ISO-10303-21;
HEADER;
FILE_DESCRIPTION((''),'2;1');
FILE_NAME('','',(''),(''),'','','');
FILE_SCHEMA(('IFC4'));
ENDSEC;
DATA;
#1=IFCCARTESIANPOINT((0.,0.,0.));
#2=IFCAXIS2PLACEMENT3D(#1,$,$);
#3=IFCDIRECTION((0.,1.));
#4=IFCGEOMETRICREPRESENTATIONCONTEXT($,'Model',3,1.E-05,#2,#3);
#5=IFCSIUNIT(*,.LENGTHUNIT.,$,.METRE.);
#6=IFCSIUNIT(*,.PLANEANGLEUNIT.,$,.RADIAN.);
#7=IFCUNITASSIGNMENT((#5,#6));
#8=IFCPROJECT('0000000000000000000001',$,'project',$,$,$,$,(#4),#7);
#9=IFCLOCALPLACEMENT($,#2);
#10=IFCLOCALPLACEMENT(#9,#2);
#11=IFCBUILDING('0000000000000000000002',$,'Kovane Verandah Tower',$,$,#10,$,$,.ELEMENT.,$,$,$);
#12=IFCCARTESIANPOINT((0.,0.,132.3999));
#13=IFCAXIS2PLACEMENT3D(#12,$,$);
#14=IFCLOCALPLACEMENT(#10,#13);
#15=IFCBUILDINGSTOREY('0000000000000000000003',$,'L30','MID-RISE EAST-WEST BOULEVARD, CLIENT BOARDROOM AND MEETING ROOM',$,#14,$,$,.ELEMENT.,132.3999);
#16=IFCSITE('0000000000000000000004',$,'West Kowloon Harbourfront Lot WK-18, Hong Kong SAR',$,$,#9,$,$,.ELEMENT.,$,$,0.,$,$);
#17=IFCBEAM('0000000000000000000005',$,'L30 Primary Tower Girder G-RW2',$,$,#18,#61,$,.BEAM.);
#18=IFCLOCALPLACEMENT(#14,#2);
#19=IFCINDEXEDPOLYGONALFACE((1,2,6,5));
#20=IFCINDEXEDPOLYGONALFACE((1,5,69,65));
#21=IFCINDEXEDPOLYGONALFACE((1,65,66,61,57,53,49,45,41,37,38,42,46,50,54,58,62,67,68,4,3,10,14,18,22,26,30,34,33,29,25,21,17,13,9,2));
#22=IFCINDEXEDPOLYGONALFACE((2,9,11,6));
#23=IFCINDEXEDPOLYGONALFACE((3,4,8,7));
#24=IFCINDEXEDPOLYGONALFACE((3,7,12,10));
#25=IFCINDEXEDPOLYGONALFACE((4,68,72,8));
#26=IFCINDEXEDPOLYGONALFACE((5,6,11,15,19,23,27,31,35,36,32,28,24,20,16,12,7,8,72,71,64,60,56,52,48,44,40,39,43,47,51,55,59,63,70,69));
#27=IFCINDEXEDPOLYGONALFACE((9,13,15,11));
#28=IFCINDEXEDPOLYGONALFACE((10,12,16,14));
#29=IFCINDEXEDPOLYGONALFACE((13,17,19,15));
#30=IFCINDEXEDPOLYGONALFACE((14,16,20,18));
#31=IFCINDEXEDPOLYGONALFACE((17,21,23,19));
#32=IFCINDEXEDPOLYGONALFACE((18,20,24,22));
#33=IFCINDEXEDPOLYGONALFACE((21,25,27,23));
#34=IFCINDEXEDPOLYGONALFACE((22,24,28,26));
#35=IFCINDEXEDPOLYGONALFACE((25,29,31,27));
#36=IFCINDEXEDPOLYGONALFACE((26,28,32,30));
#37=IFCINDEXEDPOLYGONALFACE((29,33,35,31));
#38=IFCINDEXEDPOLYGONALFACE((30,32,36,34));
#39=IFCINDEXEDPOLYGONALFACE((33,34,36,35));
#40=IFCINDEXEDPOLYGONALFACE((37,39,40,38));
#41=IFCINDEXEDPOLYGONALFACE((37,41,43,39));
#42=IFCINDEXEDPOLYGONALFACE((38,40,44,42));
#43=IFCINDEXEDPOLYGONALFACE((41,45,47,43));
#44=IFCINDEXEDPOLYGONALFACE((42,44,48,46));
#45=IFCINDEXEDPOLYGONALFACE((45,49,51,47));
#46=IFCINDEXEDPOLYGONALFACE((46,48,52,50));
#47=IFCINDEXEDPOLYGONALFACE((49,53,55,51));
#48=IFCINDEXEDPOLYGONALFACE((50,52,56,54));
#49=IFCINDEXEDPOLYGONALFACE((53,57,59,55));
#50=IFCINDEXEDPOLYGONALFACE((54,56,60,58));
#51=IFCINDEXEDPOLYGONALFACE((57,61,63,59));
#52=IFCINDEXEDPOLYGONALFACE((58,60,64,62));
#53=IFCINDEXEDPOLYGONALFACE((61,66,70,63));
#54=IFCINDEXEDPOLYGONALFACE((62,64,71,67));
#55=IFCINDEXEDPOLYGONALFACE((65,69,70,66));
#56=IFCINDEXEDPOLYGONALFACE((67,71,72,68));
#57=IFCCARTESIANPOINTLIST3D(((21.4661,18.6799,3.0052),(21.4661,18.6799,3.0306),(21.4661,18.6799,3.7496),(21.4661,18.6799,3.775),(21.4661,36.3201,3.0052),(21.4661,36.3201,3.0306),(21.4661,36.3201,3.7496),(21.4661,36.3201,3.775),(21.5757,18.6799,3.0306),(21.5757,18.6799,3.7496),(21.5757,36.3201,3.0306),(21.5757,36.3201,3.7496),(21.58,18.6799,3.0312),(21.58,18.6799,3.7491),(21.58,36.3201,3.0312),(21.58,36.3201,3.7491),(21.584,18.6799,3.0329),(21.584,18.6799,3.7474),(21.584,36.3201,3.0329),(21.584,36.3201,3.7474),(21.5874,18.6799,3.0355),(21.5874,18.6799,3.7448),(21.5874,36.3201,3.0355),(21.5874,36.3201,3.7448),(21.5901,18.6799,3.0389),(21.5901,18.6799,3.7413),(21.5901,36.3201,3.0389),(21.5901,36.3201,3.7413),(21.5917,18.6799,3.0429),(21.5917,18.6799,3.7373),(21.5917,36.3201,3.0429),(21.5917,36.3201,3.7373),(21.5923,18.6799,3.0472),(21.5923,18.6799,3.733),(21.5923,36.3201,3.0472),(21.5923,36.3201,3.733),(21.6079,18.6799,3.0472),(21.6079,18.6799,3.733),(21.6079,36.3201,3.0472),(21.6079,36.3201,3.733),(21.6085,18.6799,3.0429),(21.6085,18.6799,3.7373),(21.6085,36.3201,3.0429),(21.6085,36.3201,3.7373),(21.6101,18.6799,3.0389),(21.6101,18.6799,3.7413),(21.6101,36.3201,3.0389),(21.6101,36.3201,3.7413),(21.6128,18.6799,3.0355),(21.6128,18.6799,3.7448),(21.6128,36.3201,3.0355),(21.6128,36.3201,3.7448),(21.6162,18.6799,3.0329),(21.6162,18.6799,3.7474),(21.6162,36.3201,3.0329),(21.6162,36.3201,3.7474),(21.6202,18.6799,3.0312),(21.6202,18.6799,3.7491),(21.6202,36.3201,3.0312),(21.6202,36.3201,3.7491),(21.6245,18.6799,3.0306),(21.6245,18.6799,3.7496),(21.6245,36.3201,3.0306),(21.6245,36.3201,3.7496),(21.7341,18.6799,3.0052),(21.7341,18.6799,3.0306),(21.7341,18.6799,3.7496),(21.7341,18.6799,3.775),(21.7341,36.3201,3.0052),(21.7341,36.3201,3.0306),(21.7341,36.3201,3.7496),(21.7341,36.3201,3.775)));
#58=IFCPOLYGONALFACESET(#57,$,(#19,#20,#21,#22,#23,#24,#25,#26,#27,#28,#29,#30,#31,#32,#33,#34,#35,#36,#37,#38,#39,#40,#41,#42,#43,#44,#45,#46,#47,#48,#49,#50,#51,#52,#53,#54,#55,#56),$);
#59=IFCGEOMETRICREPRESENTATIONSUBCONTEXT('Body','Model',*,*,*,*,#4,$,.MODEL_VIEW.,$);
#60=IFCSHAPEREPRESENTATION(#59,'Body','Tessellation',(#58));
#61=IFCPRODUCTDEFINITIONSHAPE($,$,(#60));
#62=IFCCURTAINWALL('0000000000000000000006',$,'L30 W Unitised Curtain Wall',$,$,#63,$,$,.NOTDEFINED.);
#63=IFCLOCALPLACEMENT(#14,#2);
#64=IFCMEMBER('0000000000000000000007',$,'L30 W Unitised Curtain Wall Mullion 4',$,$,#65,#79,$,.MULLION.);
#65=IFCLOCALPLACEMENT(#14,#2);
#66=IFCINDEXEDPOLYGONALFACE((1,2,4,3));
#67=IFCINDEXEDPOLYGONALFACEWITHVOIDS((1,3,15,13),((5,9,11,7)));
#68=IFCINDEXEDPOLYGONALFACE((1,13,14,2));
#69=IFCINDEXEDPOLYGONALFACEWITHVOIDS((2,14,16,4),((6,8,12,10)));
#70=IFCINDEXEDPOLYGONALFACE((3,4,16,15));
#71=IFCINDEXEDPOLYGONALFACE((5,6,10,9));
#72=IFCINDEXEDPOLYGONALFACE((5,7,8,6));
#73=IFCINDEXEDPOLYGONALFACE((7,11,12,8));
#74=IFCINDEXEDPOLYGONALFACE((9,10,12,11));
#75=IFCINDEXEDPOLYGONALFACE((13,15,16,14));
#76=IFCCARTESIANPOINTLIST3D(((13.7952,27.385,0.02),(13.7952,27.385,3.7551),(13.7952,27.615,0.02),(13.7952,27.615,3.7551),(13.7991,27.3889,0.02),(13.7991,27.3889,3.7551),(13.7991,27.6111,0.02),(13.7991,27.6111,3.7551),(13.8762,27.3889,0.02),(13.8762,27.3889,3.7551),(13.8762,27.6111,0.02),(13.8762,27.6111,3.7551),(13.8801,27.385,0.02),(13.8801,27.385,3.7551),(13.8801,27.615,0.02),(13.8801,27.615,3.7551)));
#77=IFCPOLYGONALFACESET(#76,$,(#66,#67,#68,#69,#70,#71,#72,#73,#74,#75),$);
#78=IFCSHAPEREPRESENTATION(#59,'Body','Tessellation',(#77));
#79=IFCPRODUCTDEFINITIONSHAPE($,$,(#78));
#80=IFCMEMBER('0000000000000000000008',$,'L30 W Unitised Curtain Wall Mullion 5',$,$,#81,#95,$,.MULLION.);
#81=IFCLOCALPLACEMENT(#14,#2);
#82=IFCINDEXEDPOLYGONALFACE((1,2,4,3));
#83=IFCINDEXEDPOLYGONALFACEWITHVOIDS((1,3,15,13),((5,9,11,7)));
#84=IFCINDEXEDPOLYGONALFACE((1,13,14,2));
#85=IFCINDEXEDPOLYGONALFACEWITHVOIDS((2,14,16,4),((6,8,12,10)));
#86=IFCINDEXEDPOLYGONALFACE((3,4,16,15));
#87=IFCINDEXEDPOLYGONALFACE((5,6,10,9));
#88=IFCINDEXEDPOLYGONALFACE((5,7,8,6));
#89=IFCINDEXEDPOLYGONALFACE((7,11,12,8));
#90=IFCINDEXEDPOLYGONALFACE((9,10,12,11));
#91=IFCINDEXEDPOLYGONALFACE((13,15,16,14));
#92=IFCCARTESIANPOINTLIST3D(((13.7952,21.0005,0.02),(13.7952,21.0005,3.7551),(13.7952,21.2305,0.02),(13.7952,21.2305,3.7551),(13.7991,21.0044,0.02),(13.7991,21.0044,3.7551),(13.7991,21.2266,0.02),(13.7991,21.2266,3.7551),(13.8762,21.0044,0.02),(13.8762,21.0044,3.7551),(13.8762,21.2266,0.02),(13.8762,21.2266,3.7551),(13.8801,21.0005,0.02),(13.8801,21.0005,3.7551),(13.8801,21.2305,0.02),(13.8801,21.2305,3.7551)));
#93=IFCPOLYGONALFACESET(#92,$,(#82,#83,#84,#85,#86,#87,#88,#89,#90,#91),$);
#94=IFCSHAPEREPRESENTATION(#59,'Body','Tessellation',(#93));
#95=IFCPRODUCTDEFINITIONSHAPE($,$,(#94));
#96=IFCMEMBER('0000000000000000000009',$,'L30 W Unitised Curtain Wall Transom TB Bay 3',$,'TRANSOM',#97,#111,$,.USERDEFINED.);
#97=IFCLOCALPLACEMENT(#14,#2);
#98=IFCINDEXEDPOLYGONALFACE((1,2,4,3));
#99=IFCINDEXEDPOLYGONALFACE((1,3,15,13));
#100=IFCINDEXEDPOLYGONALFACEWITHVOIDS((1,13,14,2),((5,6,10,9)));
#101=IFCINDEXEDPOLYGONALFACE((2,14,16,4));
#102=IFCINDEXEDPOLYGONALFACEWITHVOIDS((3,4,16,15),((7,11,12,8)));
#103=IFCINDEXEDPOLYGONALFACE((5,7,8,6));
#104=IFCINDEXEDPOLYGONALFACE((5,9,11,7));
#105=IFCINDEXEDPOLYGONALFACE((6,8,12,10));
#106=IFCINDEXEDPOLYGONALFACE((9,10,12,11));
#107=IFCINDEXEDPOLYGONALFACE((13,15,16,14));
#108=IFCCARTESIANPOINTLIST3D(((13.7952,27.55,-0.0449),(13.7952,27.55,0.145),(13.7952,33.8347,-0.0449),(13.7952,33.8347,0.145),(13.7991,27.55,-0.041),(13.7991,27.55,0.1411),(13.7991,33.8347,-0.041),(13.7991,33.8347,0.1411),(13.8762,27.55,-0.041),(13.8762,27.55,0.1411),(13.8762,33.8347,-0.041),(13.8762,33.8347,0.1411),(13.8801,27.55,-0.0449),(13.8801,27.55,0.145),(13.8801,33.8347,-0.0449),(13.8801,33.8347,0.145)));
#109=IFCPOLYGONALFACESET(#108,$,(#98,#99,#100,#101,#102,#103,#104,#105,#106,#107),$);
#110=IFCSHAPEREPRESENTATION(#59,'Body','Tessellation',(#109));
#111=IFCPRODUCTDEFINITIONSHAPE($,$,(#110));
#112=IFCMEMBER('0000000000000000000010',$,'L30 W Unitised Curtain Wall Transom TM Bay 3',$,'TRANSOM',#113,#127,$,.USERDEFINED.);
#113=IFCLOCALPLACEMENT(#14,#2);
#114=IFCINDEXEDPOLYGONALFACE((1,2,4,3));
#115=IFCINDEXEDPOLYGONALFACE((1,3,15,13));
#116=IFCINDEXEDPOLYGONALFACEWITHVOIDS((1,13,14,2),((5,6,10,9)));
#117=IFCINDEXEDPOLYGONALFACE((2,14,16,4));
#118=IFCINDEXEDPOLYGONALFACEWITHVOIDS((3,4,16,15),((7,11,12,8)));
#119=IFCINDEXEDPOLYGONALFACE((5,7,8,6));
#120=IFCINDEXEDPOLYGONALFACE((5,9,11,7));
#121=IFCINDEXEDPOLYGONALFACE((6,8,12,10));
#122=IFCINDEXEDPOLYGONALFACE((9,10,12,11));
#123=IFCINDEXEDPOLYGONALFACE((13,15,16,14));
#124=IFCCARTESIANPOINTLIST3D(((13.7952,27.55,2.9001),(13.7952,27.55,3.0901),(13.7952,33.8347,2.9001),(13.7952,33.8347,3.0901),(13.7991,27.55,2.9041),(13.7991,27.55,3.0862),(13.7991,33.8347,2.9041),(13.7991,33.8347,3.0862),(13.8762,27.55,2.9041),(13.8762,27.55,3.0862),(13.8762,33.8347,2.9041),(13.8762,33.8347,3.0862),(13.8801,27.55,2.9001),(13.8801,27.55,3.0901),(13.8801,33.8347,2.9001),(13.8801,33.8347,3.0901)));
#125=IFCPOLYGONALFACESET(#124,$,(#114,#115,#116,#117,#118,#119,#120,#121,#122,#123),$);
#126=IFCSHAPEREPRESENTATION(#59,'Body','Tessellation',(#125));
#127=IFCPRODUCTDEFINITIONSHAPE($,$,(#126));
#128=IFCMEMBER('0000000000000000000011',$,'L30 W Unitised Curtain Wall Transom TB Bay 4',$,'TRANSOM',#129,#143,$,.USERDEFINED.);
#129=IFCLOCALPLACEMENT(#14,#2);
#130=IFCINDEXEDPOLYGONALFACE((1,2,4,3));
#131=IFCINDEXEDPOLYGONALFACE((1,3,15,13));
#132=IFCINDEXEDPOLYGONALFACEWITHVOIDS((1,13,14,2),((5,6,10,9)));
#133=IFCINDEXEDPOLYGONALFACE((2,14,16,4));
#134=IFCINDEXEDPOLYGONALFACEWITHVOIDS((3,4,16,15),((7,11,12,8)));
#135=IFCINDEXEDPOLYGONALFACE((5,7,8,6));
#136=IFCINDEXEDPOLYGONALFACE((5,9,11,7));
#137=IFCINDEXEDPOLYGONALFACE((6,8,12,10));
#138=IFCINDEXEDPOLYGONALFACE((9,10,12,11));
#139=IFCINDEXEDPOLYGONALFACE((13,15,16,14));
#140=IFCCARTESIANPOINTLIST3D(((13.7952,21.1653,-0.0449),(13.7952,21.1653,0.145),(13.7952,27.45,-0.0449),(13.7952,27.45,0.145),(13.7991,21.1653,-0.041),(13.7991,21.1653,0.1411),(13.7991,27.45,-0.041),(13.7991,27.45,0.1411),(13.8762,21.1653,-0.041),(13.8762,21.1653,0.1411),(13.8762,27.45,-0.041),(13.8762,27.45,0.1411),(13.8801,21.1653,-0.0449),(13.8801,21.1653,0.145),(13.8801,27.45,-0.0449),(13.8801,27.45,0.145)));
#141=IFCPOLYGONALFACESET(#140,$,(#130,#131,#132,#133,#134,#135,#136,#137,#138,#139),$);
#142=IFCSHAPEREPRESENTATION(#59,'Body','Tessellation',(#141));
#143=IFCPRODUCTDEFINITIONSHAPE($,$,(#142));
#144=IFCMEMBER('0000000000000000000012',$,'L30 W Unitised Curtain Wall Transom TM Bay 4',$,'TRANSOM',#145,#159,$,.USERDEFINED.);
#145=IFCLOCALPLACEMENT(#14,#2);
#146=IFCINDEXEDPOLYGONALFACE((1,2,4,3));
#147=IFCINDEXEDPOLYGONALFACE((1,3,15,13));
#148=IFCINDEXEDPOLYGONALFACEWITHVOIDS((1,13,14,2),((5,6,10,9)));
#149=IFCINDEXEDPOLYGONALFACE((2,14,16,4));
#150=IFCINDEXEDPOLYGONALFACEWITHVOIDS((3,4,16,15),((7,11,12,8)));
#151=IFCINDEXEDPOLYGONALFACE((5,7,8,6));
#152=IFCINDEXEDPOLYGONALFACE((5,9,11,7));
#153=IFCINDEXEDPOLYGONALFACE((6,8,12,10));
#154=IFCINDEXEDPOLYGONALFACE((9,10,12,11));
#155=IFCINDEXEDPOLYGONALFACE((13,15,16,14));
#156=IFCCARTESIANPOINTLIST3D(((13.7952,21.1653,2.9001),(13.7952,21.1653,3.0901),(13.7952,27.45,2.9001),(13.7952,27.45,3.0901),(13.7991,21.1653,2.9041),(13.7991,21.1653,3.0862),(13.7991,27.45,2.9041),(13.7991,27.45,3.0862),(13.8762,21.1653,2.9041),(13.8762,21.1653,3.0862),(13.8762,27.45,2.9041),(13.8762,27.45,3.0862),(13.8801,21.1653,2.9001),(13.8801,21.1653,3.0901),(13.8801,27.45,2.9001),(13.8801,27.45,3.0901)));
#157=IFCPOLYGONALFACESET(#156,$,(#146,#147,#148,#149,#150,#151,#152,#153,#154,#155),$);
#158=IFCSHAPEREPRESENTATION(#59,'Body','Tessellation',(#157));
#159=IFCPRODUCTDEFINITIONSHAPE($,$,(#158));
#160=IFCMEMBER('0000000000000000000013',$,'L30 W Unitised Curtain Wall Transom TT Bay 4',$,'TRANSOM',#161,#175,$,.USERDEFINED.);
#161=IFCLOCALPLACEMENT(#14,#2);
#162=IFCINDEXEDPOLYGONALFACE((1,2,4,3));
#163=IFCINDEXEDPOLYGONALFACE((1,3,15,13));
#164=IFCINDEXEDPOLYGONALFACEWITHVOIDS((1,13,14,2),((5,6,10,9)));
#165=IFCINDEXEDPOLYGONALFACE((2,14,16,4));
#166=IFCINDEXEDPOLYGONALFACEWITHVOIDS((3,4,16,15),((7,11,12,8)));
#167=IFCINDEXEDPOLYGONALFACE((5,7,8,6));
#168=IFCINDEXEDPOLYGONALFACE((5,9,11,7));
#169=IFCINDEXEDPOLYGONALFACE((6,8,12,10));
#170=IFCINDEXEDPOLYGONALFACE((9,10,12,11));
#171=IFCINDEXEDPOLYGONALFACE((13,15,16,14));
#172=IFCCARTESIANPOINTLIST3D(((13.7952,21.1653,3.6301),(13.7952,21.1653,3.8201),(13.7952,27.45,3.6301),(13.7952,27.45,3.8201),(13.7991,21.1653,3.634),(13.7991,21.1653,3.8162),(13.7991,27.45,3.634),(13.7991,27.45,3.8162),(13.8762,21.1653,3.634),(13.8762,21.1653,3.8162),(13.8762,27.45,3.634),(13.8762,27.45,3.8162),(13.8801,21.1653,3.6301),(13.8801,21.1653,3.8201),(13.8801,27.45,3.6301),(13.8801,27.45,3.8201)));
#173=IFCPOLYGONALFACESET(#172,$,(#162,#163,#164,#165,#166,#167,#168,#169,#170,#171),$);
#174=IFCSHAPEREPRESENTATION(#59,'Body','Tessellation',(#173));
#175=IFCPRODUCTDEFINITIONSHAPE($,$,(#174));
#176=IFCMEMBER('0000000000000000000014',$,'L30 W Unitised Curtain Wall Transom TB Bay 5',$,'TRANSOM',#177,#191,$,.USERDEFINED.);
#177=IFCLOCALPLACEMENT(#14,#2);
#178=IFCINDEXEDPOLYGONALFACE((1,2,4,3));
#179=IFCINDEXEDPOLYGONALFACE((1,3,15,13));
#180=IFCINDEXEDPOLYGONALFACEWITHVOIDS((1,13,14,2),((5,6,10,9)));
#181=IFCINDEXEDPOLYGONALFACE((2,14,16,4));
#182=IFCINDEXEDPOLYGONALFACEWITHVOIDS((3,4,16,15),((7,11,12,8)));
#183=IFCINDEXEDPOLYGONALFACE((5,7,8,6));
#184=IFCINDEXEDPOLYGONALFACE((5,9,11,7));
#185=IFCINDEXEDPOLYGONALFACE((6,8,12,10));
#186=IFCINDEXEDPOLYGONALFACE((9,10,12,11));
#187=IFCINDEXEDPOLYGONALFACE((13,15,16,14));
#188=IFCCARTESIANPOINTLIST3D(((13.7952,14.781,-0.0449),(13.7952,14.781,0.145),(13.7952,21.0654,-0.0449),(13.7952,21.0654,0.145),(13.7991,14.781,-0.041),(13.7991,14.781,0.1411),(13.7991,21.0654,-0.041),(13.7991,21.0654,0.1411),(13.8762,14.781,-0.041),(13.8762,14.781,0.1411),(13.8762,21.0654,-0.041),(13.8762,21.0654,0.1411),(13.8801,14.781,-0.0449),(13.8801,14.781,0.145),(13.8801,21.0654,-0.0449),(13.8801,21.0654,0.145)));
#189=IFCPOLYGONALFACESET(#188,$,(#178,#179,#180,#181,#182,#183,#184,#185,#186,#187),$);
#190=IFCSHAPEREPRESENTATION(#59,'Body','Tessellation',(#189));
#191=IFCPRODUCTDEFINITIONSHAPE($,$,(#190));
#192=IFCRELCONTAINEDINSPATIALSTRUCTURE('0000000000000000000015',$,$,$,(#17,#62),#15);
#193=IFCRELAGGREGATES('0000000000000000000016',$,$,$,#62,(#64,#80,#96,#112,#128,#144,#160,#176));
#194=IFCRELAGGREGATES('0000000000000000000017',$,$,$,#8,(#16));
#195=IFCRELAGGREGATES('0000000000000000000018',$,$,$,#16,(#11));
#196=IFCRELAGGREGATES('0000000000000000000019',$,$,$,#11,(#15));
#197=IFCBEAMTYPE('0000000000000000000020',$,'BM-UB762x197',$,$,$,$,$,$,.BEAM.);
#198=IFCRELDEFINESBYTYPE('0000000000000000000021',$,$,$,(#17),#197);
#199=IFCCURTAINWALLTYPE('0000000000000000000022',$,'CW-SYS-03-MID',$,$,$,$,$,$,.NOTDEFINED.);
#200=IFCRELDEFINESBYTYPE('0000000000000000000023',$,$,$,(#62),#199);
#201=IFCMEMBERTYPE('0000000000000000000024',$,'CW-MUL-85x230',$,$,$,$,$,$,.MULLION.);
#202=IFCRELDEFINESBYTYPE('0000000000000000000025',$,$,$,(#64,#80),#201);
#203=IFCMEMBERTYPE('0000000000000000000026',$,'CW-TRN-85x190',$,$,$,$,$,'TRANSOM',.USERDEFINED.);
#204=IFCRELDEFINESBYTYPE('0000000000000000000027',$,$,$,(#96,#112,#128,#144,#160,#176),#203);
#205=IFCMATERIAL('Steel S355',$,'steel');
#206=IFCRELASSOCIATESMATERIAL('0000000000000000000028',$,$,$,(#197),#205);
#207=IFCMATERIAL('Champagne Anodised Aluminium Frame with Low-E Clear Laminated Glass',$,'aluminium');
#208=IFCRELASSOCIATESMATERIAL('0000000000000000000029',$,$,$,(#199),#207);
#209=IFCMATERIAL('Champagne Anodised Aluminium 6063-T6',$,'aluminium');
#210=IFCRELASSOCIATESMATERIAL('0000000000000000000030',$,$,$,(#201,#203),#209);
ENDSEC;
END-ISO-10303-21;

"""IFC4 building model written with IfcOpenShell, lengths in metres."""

from ifc_helpers import new_model, si_unit, direction, frame, origin, origin_2d, place, context, subcontext, project, spatial, hollow_rectangle, i_section, extrude, material, material_profile, profile_set, type_object, element, aggregate, save


model = new_model("IFC4")

# Units and contexts
model_context = context("Model", 3, precision=1e-05, world=origin(), true_north=direction((0.0, 1.0)))
body_context = subcontext(model_context, "Body", "Model", "MODEL_VIEW")
ifc_project = project(units=[si_unit("LENGTHUNIT", "METRE"), si_unit("PLANEANGLEUNIT", "RADIAN")], contexts=[model_context])

# Site, building, storey
site_placement = place(None, origin())
site = spatial("IfcSite", under=ifc_project, at=site_placement, Name="West Kowloon Harbourfront Lot WK-18, Hong Kong SAR", CompositionType="ELEMENT", RefElevation=0.0)
building_placement = place(site_placement, origin())
building = spatial("IfcBuilding", under=site, at=building_placement, Name="Kovane Verandah Tower", CompositionType="ELEMENT")
storey_placement = place(building_placement, frame((0.0, 0.0, 132.3999)))
storey = spatial("IfcBuildingStorey", under=building, at=storey_placement, Name="L30", Description="MID-RISE EAST-WEST BOULEVARD, CLIENT BOARDROOM AND MEETING ROOM", CompositionType="ELEMENT", Elevation=132.3999)

# Beam
ifc_material_1 = material(Name="Steel S355", Category="steel")
ifc_material_profile_1 = material_profile(ifc_material_1, i_section(OverallWidth=0.2681, OverallDepth=0.7698, WebThickness=0.0156, FlangeThickness=0.0254, FilletRadius=0.0166, at=origin_2d()), Name="UB762x267x197")
ifc_profile_set_1 = profile_set([ifc_material_profile_1], Name="Steel S355")
beam_type_1 = type_object("IfcBeamType", Name="BM-UB762x197", PredefinedType="BEAM", material=ifc_profile_set_1)
beam_1_placement = place(storey_placement, frame((21.6001, 18.6799, 3.3901), z_axis=(0.0, 1.0, 0.0), x_axis=(-1.0, 0.0, 0.0)))
element("IfcBeam", 1, at=beam_1_placement, inside=storey, type_object=beam_type_1, Name="L30 Primary Tower Girder G-RW2", PredefinedType="BEAM", context=body_context, shape_type="SweptSolid", body=[
    extrude(i_section(OverallWidth=0.2681, OverallDepth=0.7698, WebThickness=0.0156, FlangeThickness=0.0254, FilletRadius=0.0166, at=origin_2d()), origin(), (0.0, 0.0, 1.0), 17.6401),
])

# Curtain wall, members
ifc_material_2 = material(Name="Champagne Anodised Aluminium Frame with Low-E Clear Laminated Glass", Category="aluminium")
curtain_wall_type = type_object("IfcCurtainWallType", Name="CW-SYS-03-MID", PredefinedType="NOTDEFINED", material=ifc_material_2)
curtain_wall_placement = place(storey_placement, origin())
curtain_wall = element("IfcCurtainWall", 2, at=curtain_wall_placement, inside=storey, type_object=curtain_wall_type, Name="L30 W Unitised Curtain Wall", PredefinedType="NOTDEFINED")
ifc_material_3 = material(Name="Champagne Anodised Aluminium 6063-T6", Category="aluminium")
ifc_material_profile_2 = material_profile(ifc_material_3, hollow_rectangle(XDim=0.085, YDim=0.23, WallThickness=0.0039, at=origin_2d()), Name="AL85x230x4")
ifc_profile_set_2 = profile_set([ifc_material_profile_2], Name="Champagne Anodised Aluminium 6063-T6")
member_type_1 = type_object("IfcMemberType", Name="CW-MUL-85x230", PredefinedType="MULLION", material=ifc_profile_set_2)
member_1_placement = place(storey_placement, frame((13.8376, 27.5, 0.02), z_axis=(0.0, 0.0, 1.0), x_axis=(-1.0, 0.0, 0.0)))
member_1 = element("IfcMember", 3, at=member_1_placement, type_object=member_type_1, Name="L30 W Unitised Curtain Wall Mullion 4", PredefinedType="MULLION", context=body_context, shape_type="SweptSolid", body=[
    extrude(hollow_rectangle(XDim=0.085, YDim=0.23, WallThickness=0.0039, at=origin_2d()), origin(), (0.0, 0.0, 1.0), 3.7351),
])
member_2_placement = place(storey_placement, frame((13.8376, 21.1155, 0.02), z_axis=(0.0, 0.0, 1.0), x_axis=(-1.0, 0.0, 0.0)))
member_2 = element("IfcMember", 4, at=member_2_placement, type_object=member_type_1, Name="L30 W Unitised Curtain Wall Mullion 5", PredefinedType="MULLION", context=body_context, shape_type="SweptSolid", body=[
    extrude(hollow_rectangle(XDim=0.085, YDim=0.23, WallThickness=0.0039, at=origin_2d()), origin(), (0.0, 0.0, 1.0), 3.7351),
])
ifc_material_profile_3 = material_profile(ifc_material_3, hollow_rectangle(XDim=0.085, YDim=0.1899, WallThickness=0.0039, at=origin_2d()), Name="AL85x190x4")
ifc_profile_set_3 = profile_set([ifc_material_profile_3], Name="Champagne Anodised Aluminium 6063-T6")
member_type_2 = type_object("IfcMemberType", Name="CW-TRN-85x190", ElementType="TRANSOM", PredefinedType="USERDEFINED", material=ifc_profile_set_3)
member_3_placement = place(storey_placement, frame((13.8376, 33.8347, 0.05), z_axis=(0.0, -1.0, 0.0), x_axis=(1.0, 0.0, 0.0)))
member_3 = element("IfcMember", 5, at=member_3_placement, type_object=member_type_2, Name="L30 W Unitised Curtain Wall Transom TB Bay 3", ObjectType="TRANSOM", PredefinedType="USERDEFINED", context=body_context, shape_type="SweptSolid", body=[
    extrude(hollow_rectangle(XDim=0.085, YDim=0.1899, WallThickness=0.0039, at=origin_2d()), origin(), (0.0, 0.0, 1.0), 6.2847),
])
member_4_placement = place(storey_placement, frame((13.8376, 33.8347, 2.9951), z_axis=(0.0, -1.0, 0.0), x_axis=(1.0, 0.0, 0.0)))
member_4 = element("IfcMember", 6, at=member_4_placement, type_object=member_type_2, Name="L30 W Unitised Curtain Wall Transom TM Bay 3", ObjectType="TRANSOM", PredefinedType="USERDEFINED", context=body_context, shape_type="SweptSolid", body=[
    extrude(hollow_rectangle(XDim=0.085, YDim=0.1899, WallThickness=0.0039, at=origin_2d()), origin(), (0.0, 0.0, 1.0), 6.2847),
])
member_5_placement = place(storey_placement, frame((13.8376, 27.45, 0.05), z_axis=(0.0, -1.0, 0.0), x_axis=(1.0, 0.0, 0.0)))
member_5 = element("IfcMember", 7, at=member_5_placement, type_object=member_type_2, Name="L30 W Unitised Curtain Wall Transom TB Bay 4", ObjectType="TRANSOM", PredefinedType="USERDEFINED", context=body_context, shape_type="SweptSolid", body=[
    extrude(hollow_rectangle(XDim=0.085, YDim=0.1899, WallThickness=0.0039, at=origin_2d()), origin(), (0.0, 0.0, 1.0), 6.2847),
])
member_6_placement = place(storey_placement, frame((13.8376, 27.45, 2.9951), z_axis=(0.0, -1.0, 0.0), x_axis=(1.0, 0.0, 0.0)))
member_6 = element("IfcMember", 8, at=member_6_placement, type_object=member_type_2, Name="L30 W Unitised Curtain Wall Transom TM Bay 4", ObjectType="TRANSOM", PredefinedType="USERDEFINED", context=body_context, shape_type="SweptSolid", body=[
    extrude(hollow_rectangle(XDim=0.085, YDim=0.1899, WallThickness=0.0039, at=origin_2d()), origin(), (0.0, 0.0, 1.0), 6.2847),
])
member_7_placement = place(storey_placement, frame((13.8376, 27.45, 3.7251), z_axis=(0.0, -1.0, 0.0), x_axis=(1.0, 0.0, 0.0)))
member_7 = element("IfcMember", 9, at=member_7_placement, type_object=member_type_2, Name="L30 W Unitised Curtain Wall Transom TT Bay 4", ObjectType="TRANSOM", PredefinedType="USERDEFINED", context=body_context, shape_type="SweptSolid", body=[
    extrude(hollow_rectangle(XDim=0.085, YDim=0.1899, WallThickness=0.0039, at=origin_2d()), origin(), (0.0, 0.0, 1.0), 6.2847),
])
member_8_placement = place(storey_placement, frame((13.8376, 21.0654, 0.05), z_axis=(0.0, -1.0, 0.0), x_axis=(1.0, 0.0, 0.0)))
member_8 = element("IfcMember", 10, at=member_8_placement, type_object=member_type_2, Name="L30 W Unitised Curtain Wall Transom TB Bay 5", ObjectType="TRANSOM", PredefinedType="USERDEFINED", context=body_context, shape_type="SweptSolid", body=[
    extrude(hollow_rectangle(XDim=0.085, YDim=0.1899, WallThickness=0.0039, at=origin_2d()), origin(), (0.0, 0.0, 1.0), 6.2844),
])

aggregate(curtain_wall, [member_1, member_2, member_3, member_4, member_5, member_6, member_7, member_8])

save(model, "model.ifc")
